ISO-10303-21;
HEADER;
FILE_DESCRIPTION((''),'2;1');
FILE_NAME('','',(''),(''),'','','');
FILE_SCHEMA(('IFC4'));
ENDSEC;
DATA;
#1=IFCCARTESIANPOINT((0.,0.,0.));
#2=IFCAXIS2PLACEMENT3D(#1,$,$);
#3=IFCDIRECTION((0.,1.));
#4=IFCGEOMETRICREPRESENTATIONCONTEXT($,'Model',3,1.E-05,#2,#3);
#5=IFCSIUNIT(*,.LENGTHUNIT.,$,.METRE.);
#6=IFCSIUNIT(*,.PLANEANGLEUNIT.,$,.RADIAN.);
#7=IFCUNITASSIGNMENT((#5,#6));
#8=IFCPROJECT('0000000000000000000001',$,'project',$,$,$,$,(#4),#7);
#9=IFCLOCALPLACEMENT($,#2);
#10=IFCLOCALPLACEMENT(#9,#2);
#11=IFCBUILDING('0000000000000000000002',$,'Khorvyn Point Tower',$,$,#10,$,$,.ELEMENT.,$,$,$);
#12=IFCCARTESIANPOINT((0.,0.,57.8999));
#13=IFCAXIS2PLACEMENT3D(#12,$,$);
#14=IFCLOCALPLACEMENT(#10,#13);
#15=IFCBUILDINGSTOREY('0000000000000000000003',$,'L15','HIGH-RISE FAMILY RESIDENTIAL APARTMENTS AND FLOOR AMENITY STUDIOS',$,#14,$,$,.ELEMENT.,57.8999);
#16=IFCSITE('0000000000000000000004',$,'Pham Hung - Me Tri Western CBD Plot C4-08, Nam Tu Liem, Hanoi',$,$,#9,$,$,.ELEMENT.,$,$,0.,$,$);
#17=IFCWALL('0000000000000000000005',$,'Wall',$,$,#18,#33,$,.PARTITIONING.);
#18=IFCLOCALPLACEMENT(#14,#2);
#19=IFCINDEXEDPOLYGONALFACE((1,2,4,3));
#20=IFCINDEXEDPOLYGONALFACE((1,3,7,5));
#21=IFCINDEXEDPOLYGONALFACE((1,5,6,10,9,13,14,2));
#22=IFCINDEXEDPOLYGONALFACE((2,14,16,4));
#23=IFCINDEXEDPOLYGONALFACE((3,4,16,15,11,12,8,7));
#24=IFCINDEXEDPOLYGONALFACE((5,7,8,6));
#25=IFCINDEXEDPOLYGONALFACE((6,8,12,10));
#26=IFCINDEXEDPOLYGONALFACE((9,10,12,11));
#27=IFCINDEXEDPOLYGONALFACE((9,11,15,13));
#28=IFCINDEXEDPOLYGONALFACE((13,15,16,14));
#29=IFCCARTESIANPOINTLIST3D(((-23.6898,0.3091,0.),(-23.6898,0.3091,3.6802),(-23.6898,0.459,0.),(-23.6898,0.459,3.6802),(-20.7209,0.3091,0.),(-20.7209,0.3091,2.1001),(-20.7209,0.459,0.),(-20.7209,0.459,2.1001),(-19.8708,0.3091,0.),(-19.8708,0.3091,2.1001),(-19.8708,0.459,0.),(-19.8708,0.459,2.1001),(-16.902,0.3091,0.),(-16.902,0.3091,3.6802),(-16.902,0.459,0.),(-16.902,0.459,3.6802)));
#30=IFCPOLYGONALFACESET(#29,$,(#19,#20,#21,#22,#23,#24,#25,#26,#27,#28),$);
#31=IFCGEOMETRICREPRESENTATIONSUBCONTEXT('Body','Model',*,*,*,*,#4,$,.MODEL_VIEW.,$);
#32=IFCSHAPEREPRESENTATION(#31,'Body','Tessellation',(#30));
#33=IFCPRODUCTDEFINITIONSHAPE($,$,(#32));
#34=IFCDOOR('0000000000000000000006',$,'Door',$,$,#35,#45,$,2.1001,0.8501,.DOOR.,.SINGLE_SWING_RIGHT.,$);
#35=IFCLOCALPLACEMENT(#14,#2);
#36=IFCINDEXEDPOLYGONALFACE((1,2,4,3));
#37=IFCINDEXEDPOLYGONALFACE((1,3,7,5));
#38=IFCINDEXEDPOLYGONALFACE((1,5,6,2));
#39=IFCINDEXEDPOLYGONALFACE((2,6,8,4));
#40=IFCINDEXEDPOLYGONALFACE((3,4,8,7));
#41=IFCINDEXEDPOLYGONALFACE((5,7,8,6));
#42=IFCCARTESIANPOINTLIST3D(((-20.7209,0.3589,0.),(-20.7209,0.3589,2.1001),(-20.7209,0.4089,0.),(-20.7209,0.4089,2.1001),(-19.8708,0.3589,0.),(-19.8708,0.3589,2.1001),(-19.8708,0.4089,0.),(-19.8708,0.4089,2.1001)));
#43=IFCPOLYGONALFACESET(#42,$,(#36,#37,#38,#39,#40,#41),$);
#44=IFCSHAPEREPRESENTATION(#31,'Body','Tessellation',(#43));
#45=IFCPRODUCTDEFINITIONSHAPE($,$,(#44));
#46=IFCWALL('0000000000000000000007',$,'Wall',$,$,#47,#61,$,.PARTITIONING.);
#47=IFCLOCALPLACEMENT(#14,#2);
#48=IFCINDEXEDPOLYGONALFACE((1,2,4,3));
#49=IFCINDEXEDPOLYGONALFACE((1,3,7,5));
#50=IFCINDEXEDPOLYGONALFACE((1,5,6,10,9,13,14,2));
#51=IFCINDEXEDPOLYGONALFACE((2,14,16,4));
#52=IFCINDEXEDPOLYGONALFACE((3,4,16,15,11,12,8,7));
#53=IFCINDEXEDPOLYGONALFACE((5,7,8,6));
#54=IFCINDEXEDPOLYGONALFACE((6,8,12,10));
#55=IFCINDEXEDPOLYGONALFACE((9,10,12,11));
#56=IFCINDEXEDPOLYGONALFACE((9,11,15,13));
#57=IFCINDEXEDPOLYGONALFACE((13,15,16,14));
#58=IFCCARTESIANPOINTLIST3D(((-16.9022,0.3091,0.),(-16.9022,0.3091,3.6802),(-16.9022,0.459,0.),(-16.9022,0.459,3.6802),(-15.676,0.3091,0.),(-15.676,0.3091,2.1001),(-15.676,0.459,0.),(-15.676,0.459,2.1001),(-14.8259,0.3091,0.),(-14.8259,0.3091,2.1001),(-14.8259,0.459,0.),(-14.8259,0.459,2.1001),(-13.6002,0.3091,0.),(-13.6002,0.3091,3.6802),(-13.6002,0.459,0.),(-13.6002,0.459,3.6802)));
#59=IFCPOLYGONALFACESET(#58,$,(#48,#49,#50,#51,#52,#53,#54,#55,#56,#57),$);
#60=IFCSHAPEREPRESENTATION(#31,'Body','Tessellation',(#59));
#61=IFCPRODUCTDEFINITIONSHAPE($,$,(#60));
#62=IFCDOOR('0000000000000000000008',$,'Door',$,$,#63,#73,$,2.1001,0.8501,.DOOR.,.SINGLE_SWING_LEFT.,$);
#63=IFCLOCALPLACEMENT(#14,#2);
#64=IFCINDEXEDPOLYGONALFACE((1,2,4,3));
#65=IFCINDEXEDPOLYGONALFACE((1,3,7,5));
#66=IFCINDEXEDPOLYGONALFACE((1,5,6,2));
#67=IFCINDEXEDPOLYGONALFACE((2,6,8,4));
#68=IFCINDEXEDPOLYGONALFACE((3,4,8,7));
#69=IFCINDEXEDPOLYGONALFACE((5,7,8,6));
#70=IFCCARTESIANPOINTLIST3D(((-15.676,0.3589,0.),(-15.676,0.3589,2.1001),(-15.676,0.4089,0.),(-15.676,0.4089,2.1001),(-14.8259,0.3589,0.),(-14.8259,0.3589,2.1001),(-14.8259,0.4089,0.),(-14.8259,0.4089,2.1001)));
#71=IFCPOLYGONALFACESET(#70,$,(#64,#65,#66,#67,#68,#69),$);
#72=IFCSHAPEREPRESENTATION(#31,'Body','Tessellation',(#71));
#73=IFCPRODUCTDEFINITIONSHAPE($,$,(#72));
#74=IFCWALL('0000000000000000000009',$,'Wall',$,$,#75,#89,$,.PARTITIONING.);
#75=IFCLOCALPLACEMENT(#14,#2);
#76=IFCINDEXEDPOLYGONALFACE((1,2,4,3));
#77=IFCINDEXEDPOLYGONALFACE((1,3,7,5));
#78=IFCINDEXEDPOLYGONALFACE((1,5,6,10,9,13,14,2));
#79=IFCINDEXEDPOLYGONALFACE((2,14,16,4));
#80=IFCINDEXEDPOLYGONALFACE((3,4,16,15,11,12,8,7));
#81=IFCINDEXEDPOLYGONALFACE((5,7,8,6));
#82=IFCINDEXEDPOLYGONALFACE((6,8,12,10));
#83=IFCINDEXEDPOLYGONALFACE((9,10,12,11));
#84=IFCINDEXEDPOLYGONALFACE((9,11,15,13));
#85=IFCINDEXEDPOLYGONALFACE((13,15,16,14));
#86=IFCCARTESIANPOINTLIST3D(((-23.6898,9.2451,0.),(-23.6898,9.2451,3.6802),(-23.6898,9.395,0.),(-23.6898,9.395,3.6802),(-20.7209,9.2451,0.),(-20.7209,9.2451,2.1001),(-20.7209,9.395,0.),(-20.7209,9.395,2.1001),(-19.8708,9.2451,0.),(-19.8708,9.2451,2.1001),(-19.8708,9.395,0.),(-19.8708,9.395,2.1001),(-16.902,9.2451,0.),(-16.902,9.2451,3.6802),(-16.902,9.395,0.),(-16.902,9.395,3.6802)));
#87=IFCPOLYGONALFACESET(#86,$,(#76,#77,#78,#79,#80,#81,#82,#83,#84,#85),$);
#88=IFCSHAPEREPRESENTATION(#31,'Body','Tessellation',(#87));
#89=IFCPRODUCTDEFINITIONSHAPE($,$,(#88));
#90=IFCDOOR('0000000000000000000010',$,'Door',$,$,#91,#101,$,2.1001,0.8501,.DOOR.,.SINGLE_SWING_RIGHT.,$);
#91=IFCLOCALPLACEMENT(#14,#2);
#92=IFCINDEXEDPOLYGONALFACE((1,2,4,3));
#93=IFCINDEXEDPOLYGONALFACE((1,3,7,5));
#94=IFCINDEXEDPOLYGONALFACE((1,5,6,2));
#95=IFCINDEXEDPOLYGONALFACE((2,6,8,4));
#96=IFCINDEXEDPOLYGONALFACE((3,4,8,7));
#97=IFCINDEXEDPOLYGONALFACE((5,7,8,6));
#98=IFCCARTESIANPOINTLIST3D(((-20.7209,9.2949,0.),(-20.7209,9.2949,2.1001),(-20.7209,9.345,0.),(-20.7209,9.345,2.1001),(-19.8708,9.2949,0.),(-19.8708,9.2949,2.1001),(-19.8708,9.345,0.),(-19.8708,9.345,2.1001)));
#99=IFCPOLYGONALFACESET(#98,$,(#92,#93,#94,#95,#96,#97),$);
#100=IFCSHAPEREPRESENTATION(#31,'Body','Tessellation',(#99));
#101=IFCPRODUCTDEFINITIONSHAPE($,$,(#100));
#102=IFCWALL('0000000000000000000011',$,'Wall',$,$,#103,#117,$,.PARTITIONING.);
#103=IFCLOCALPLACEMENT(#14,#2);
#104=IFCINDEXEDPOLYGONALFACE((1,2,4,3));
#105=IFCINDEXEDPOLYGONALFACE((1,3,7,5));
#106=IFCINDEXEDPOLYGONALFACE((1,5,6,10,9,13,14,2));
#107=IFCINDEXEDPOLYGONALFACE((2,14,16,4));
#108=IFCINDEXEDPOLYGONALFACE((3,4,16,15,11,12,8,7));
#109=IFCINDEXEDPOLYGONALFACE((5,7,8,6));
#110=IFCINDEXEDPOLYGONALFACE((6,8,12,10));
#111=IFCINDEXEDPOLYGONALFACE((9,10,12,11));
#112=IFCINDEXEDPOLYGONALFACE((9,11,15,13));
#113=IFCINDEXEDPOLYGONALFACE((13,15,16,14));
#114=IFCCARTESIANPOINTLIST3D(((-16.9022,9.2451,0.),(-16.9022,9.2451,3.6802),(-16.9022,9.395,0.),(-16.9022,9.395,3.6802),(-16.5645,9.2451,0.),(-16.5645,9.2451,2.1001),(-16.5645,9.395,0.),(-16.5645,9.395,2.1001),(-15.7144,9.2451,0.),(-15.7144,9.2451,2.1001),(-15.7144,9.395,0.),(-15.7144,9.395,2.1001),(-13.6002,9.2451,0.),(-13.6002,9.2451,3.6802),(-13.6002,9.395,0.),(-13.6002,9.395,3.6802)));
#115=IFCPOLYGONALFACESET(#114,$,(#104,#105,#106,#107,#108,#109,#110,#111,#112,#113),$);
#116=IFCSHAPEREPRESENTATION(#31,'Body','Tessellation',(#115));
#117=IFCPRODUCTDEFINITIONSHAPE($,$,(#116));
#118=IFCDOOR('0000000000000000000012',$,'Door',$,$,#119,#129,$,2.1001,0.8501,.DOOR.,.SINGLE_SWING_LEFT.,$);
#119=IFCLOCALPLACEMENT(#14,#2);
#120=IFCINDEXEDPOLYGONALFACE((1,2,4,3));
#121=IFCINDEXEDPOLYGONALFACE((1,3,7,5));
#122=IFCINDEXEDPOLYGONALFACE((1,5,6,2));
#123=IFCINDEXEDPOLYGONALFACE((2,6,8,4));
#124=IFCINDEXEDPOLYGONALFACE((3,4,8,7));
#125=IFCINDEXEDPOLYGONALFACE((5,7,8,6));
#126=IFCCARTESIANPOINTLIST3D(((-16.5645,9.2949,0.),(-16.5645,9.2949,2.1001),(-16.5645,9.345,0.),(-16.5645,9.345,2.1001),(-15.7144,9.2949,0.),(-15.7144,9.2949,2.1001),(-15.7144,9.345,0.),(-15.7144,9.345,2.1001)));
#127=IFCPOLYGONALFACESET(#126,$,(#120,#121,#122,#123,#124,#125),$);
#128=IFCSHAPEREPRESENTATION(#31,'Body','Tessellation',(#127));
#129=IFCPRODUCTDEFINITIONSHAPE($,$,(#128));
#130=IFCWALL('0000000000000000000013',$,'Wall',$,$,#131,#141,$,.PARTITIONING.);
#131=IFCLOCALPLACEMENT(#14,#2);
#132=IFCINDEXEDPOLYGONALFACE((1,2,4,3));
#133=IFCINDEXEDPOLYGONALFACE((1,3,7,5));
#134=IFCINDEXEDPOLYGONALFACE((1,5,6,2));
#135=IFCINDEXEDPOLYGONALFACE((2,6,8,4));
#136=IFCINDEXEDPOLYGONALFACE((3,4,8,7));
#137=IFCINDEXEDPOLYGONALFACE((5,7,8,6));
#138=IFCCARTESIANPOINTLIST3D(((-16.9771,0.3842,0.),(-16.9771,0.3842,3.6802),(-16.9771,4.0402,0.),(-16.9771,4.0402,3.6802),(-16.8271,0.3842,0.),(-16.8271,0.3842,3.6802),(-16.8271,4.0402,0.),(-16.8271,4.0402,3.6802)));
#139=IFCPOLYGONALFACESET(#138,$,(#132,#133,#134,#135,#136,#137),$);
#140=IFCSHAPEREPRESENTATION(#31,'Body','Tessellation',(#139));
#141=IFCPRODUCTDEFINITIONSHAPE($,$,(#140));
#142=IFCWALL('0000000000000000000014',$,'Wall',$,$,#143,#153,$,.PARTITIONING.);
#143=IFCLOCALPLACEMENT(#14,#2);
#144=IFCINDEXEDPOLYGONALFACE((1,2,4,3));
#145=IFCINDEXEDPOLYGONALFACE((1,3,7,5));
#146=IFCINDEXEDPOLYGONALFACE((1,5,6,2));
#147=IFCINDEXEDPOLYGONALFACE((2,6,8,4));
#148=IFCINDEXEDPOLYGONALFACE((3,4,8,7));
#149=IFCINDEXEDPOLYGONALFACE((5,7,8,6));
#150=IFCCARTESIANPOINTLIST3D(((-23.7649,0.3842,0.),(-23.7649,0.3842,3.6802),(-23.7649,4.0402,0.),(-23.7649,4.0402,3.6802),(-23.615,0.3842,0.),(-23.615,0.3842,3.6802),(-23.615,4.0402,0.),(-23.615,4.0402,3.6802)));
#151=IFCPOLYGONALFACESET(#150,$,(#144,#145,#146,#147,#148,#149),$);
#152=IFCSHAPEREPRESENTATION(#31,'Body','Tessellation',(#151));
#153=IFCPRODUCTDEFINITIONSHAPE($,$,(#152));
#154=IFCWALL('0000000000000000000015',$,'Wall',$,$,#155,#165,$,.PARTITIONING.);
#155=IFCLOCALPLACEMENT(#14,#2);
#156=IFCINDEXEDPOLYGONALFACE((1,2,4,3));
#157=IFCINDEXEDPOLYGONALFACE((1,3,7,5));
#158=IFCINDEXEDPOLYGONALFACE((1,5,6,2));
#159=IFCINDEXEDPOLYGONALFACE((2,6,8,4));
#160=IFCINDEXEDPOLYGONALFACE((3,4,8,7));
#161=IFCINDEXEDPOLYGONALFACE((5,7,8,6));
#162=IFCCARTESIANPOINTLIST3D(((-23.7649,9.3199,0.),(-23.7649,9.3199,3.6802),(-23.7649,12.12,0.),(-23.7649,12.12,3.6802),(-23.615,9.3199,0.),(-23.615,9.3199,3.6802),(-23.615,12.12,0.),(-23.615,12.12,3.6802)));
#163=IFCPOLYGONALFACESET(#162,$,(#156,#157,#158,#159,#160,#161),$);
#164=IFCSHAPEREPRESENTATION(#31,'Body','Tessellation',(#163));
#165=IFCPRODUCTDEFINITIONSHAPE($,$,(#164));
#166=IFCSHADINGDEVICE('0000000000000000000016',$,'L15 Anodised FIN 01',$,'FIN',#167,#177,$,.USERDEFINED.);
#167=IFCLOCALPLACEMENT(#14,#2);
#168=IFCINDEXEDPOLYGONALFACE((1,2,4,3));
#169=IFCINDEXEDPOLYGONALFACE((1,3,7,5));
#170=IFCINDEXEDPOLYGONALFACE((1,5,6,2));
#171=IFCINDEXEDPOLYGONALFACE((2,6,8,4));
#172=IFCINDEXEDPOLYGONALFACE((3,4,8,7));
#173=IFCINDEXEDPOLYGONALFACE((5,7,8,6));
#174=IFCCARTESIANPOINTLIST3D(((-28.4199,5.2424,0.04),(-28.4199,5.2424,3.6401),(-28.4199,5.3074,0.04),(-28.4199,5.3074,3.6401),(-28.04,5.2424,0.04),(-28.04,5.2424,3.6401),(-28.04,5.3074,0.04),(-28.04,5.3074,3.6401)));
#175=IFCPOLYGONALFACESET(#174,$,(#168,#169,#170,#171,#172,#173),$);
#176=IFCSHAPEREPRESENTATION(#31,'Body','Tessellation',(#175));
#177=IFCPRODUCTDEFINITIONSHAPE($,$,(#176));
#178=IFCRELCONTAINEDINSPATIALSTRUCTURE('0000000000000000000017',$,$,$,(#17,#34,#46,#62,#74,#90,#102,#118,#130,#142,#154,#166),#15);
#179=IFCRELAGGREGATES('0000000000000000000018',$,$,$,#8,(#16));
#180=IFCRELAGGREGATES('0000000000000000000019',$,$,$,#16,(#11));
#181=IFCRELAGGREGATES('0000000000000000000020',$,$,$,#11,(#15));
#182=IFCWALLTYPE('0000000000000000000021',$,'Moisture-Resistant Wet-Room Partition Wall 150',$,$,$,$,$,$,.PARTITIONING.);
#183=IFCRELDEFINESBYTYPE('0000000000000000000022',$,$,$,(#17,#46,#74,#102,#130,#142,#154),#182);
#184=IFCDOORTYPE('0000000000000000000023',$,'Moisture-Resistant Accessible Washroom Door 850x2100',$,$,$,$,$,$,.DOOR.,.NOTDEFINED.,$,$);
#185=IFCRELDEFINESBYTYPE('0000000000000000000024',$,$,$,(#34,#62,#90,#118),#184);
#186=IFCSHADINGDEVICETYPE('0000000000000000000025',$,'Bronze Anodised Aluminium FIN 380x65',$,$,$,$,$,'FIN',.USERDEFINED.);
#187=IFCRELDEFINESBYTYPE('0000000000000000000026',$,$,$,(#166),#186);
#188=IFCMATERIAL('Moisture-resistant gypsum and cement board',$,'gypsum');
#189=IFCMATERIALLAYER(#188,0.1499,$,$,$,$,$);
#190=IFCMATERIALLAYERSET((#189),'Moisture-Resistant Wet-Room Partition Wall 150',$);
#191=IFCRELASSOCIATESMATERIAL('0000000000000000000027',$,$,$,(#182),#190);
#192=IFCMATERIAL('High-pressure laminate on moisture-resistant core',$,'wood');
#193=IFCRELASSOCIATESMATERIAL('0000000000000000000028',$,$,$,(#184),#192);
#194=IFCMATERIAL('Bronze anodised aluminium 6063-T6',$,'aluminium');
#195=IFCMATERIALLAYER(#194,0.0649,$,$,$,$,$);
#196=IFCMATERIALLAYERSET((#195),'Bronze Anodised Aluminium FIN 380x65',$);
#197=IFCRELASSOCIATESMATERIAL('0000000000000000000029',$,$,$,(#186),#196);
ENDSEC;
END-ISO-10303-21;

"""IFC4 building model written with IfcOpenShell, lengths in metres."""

from ifc_helpers import new_model, si_unit, direction, frame, frame_2d, origin, origin_2d, place, context, subcontext, project, spatial, rectangle, extrude, material, layer, layer_set, type_object, element, fill, save


model = new_model("IFC4")

# Units and contexts
model_context = context("Model", 3, precision=1e-05, world=origin(), true_north=direction((0.0, 1.0)))
body_context = subcontext(model_context, "Body", "Model", "MODEL_VIEW")
ifc_project = project(units=[si_unit("LENGTHUNIT", "METRE"), si_unit("PLANEANGLEUNIT", "RADIAN")], contexts=[model_context])

# Site, building, storey
site_placement = place(None, origin())
site = spatial("IfcSite", under=ifc_project, at=site_placement, Name="Pham Hung - Me Tri Western CBD Plot C4-08, Nam Tu Liem, Hanoi", CompositionType="ELEMENT", RefElevation=0.0)
building_placement = place(site_placement, origin())
building = spatial("IfcBuilding", under=site, at=building_placement, Name="Khorvyn Point Tower", CompositionType="ELEMENT")
storey_placement = place(building_placement, frame((0.0, 0.0, 57.8999)))
storey = spatial("IfcBuildingStorey", under=building, at=storey_placement, Name="L15", Description="HIGH-RISE FAMILY RESIDENTIAL APARTMENTS AND FLOOR AMENITY STUDIOS", CompositionType="ELEMENT", Elevation=57.8999)

# Walls, openings, doors
ifc_material_1 = material(Name="Moisture-resistant gypsum and cement board", Category="gypsum")
ifc_layer_1 = layer(ifc_material_1, 0.1499)
ifc_layer_set_1 = layer_set([ifc_layer_1], Name="Moisture-Resistant Wet-Room Partition Wall 150")
wall_type_1 = type_object("IfcWallType", Name="Moisture-Resistant Wet-Room Partition Wall 150", PredefinedType="PARTITIONING", material=ifc_layer_set_1)
wall_1_placement = place(storey_placement, frame((-23.6899, 0.384, 0.0), z_axis=(0.0, 0.0, 1.0), x_axis=(1.0, 0.0, 0.0)))
wall_1 = element("IfcWall", 1, at=wall_1_placement, inside=storey, type_object=wall_type_1, Name="Wall", PredefinedType="PARTITIONING", context=body_context, shape_type="SweptSolid", body=[
    extrude(rectangle(XDim=6.7878, YDim=0.1499, at=frame_2d((3.394, 0.0))), origin(), (0.0, 0.0, 1.0), 3.6802),
])
opening_1_placement = place(wall_1_placement, frame((2.969, 0.0, 0.0)))
opening_1 = element("IfcOpeningElement", 2, at=opening_1_placement, cuts=wall_1, PredefinedType="OPENING", context=body_context, shape_type="SweptSolid", body=[
    extrude(rectangle(XDim=0.8501, YDim=2.1001, at=frame_2d((0.425, 1.05))), frame((0.0, 0.085, 0.0), z_axis=(0.0, -1.0, 0.0), x_axis=(1.0, 0.0, 0.0)), (0.0, 0.0, 1.0), 0.1699),
])
ifc_material_2 = material(Name="High-pressure laminate on moisture-resistant core", Category="wood")
door_type_1 = type_object("IfcDoorType", Name="Moisture-Resistant Accessible Washroom Door 850x2100", OperationType="NOTDEFINED", PredefinedType="DOOR", material=ifc_material_2)
door_1_placement = place(opening_1_placement, origin())
door_1 = element("IfcDoor", 3, at=door_1_placement, inside=storey, type_object=door_type_1, Name="Door", OperationType="SINGLE_SWING_RIGHT", OverallHeight=2.1001, OverallWidth=0.8501, PredefinedType="DOOR", context=body_context, shape_type="SweptSolid", body=[
    extrude(rectangle(XDim=0.8501, YDim=2.1001, at=frame_2d((0.425, 1.05))), frame((0.0, 0.0249, 0.0), z_axis=(0.0, -1.0, 0.0), x_axis=(1.0, 0.0, 0.0)), (0.0, 0.0, 1.0), 0.05),
])
fill(opening_1, door_1)
wall_2_placement = place(storey_placement, frame((-16.9021, 0.384, 0.0), z_axis=(0.0, 0.0, 1.0), x_axis=(1.0, 0.0, 0.0)))
wall_2 = element("IfcWall", 4, at=wall_2_placement, inside=storey, type_object=wall_type_1, Name="Wall", PredefinedType="PARTITIONING", context=body_context, shape_type="SweptSolid", body=[
    extrude(rectangle(XDim=3.302, YDim=0.1499, at=frame_2d((1.6509, 0.0))), origin(), (0.0, 0.0, 1.0), 3.6802),
])
opening_2_placement = place(wall_2_placement, frame((1.2261, 0.0, 0.0)))
opening_2 = element("IfcOpeningElement", 5, at=opening_2_placement, cuts=wall_2, PredefinedType="OPENING", context=body_context, shape_type="SweptSolid", body=[
    extrude(rectangle(XDim=0.8501, YDim=2.1001, at=frame_2d((0.425, 1.05))), frame((0.0, 0.085, 0.0), z_axis=(0.0, -1.0, 0.0), x_axis=(1.0, 0.0, 0.0)), (0.0, 0.0, 1.0), 0.1699),
])
door_2_placement = place(opening_2_placement, origin())
door_2 = element("IfcDoor", 6, at=door_2_placement, inside=storey, type_object=door_type_1, Name="Door", OperationType="SINGLE_SWING_LEFT", OverallHeight=2.1001, OverallWidth=0.8501, PredefinedType="DOOR", context=body_context, shape_type="SweptSolid", body=[
    extrude(rectangle(XDim=0.8501, YDim=2.1001, at=frame_2d((0.425, 1.05))), frame((0.0, 0.0249, 0.0), z_axis=(0.0, -1.0, 0.0), x_axis=(1.0, 0.0, 0.0)), (0.0, 0.0, 1.0), 0.05),
])
fill(opening_2, door_2)
wall_3_placement = place(storey_placement, frame((-23.6899, 9.3201, 0.0), z_axis=(0.0, 0.0, 1.0), x_axis=(1.0, 0.0, 0.0)))
wall_3 = element("IfcWall", 7, at=wall_3_placement, inside=storey, type_object=wall_type_1, Name="Wall", PredefinedType="PARTITIONING", context=body_context, shape_type="SweptSolid", body=[
    extrude(rectangle(XDim=6.7878, YDim=0.1499, at=frame_2d((3.394, 0.0))), origin(), (0.0, 0.0, 1.0), 3.6802),
])
opening_3_placement = place(wall_3_placement, frame((2.969, 0.0, 0.0)))
opening_3 = element("IfcOpeningElement", 8, at=opening_3_placement, cuts=wall_3, PredefinedType="OPENING", context=body_context, shape_type="SweptSolid", body=[
    extrude(rectangle(XDim=0.8501, YDim=2.1001, at=frame_2d((0.425, 1.05))), frame((0.0, 0.085, 0.0), z_axis=(0.0, -1.0, 0.0), x_axis=(1.0, 0.0, 0.0)), (0.0, 0.0, 1.0), 0.1699),
])
door_3_placement = place(opening_3_placement, origin())
door_3 = element("IfcDoor", 9, at=door_3_placement, inside=storey, type_object=door_type_1, Name="Door", OperationType="SINGLE_SWING_RIGHT", OverallHeight=2.1001, OverallWidth=0.8501, PredefinedType="DOOR", context=body_context, shape_type="SweptSolid", body=[
    extrude(rectangle(XDim=0.8501, YDim=2.1001, at=frame_2d((0.425, 1.05))), frame((0.0, 0.0249, 0.0), z_axis=(0.0, -1.0, 0.0), x_axis=(1.0, 0.0, 0.0)), (0.0, 0.0, 1.0), 0.05),
])
fill(opening_3, door_3)
wall_4_placement = place(storey_placement, frame((-16.9021, 9.3201, 0.0), z_axis=(0.0, 0.0, 1.0), x_axis=(1.0, 0.0, 0.0)))
wall_4 = element("IfcWall", 10, at=wall_4_placement, inside=storey, type_object=wall_type_1, Name="Wall", PredefinedType="PARTITIONING", context=body_context, shape_type="SweptSolid", body=[
    extrude(rectangle(XDim=3.302, YDim=0.1499, at=frame_2d((1.6509, 0.0))), origin(), (0.0, 0.0, 1.0), 3.6802),
])
opening_4_placement = place(wall_4_placement, frame((0.3376, 0.0, 0.0)))
opening_4 = element("IfcOpeningElement", 11, at=opening_4_placement, cuts=wall_4, PredefinedType="OPENING", context=body_context, shape_type="SweptSolid", body=[
    extrude(rectangle(XDim=0.8501, YDim=2.1001, at=frame_2d((0.425, 1.05))), frame((0.0, 0.085, 0.0), z_axis=(0.0, -1.0, 0.0), x_axis=(1.0, 0.0, 0.0)), (0.0, 0.0, 1.0), 0.1699),
])
door_4_placement = place(opening_4_placement, origin())
door_4 = element("IfcDoor", 12, at=door_4_placement, inside=storey, type_object=door_type_1, Name="Door", OperationType="SINGLE_SWING_LEFT", OverallHeight=2.1001, OverallWidth=0.8501, PredefinedType="DOOR", context=body_context, shape_type="SweptSolid", body=[
    extrude(rectangle(XDim=0.8501, YDim=2.1001, at=frame_2d((0.425, 1.05))), frame((0.0, 0.0249, 0.0), z_axis=(0.0, -1.0, 0.0), x_axis=(1.0, 0.0, 0.0)), (0.0, 0.0, 1.0), 0.05),
])
fill(opening_4, door_4)

# Walls
for number, where, z_axis, x_axis, name in (
    (13, (-16.9021, 0.384, 0.0), (0.0, 0.0, 1.0), (0.0, 1.0, 0.0), "Wall"),
    (14, (-23.6899, 0.384, 0.0), (0.0, 0.0, 1.0), (0.0, 1.0, 0.0), "Wall"),
):
    element("IfcWall", number, at=place(storey_placement, frame(where, z_axis=z_axis, x_axis=x_axis)), inside=storey, type_object=wall_type_1, Name=name, PredefinedType="PARTITIONING", context=body_context, shape_type="SweptSolid", body=[
        extrude(rectangle(XDim=3.656, YDim=0.1499, at=frame_2d((1.8281, 0.0))), origin(), (0.0, 0.0, 1.0), 3.6802),
    ])
wall_5_placement = place(storey_placement, frame((-23.6899, 9.3201, 0.0), z_axis=(0.0, 0.0, 1.0), x_axis=(0.0, 1.0, 0.0)))
element("IfcWall", 15, at=wall_5_placement, inside=storey, type_object=wall_type_1, Name="Wall", PredefinedType="PARTITIONING", context=body_context, shape_type="SweptSolid", body=[
    extrude(rectangle(XDim=2.8, YDim=0.1499, at=frame_2d((1.3999, 0.0))), origin(), (0.0, 0.0, 1.0), 3.6802),
])

# Shading device
ifc_material_3 = material(Name="Bronze anodised aluminium 6063-T6", Category="aluminium")
ifc_layer_2 = layer(ifc_material_3, 0.0649)
ifc_layer_set_2 = layer_set([ifc_layer_2], Name="Bronze Anodised Aluminium FIN 380x65")
shading_device_type = type_object("IfcShadingDeviceType", Name="Bronze Anodised Aluminium FIN 380x65", ElementType="FIN", PredefinedType="USERDEFINED", material=ifc_layer_set_2)
shading_device_placement = place(storey_placement, frame((-28.23, 5.2749, 0.04), z_axis=(0.0, 0.0, 1.0), x_axis=(-1.0, 0.0, 0.0)))
element("IfcShadingDevice", 16, at=shading_device_placement, inside=storey, type_object=shading_device_type, Name="L15 Anodised FIN 01", ObjectType="FIN", PredefinedType="USERDEFINED", context=body_context, shape_type="SweptSolid", body=[
    extrude(rectangle(XDim=0.3799, YDim=0.0649, at=origin_2d()), origin(), (0.0, 0.0, 1.0), 3.6001),
])

save(model, "model.ifc")
